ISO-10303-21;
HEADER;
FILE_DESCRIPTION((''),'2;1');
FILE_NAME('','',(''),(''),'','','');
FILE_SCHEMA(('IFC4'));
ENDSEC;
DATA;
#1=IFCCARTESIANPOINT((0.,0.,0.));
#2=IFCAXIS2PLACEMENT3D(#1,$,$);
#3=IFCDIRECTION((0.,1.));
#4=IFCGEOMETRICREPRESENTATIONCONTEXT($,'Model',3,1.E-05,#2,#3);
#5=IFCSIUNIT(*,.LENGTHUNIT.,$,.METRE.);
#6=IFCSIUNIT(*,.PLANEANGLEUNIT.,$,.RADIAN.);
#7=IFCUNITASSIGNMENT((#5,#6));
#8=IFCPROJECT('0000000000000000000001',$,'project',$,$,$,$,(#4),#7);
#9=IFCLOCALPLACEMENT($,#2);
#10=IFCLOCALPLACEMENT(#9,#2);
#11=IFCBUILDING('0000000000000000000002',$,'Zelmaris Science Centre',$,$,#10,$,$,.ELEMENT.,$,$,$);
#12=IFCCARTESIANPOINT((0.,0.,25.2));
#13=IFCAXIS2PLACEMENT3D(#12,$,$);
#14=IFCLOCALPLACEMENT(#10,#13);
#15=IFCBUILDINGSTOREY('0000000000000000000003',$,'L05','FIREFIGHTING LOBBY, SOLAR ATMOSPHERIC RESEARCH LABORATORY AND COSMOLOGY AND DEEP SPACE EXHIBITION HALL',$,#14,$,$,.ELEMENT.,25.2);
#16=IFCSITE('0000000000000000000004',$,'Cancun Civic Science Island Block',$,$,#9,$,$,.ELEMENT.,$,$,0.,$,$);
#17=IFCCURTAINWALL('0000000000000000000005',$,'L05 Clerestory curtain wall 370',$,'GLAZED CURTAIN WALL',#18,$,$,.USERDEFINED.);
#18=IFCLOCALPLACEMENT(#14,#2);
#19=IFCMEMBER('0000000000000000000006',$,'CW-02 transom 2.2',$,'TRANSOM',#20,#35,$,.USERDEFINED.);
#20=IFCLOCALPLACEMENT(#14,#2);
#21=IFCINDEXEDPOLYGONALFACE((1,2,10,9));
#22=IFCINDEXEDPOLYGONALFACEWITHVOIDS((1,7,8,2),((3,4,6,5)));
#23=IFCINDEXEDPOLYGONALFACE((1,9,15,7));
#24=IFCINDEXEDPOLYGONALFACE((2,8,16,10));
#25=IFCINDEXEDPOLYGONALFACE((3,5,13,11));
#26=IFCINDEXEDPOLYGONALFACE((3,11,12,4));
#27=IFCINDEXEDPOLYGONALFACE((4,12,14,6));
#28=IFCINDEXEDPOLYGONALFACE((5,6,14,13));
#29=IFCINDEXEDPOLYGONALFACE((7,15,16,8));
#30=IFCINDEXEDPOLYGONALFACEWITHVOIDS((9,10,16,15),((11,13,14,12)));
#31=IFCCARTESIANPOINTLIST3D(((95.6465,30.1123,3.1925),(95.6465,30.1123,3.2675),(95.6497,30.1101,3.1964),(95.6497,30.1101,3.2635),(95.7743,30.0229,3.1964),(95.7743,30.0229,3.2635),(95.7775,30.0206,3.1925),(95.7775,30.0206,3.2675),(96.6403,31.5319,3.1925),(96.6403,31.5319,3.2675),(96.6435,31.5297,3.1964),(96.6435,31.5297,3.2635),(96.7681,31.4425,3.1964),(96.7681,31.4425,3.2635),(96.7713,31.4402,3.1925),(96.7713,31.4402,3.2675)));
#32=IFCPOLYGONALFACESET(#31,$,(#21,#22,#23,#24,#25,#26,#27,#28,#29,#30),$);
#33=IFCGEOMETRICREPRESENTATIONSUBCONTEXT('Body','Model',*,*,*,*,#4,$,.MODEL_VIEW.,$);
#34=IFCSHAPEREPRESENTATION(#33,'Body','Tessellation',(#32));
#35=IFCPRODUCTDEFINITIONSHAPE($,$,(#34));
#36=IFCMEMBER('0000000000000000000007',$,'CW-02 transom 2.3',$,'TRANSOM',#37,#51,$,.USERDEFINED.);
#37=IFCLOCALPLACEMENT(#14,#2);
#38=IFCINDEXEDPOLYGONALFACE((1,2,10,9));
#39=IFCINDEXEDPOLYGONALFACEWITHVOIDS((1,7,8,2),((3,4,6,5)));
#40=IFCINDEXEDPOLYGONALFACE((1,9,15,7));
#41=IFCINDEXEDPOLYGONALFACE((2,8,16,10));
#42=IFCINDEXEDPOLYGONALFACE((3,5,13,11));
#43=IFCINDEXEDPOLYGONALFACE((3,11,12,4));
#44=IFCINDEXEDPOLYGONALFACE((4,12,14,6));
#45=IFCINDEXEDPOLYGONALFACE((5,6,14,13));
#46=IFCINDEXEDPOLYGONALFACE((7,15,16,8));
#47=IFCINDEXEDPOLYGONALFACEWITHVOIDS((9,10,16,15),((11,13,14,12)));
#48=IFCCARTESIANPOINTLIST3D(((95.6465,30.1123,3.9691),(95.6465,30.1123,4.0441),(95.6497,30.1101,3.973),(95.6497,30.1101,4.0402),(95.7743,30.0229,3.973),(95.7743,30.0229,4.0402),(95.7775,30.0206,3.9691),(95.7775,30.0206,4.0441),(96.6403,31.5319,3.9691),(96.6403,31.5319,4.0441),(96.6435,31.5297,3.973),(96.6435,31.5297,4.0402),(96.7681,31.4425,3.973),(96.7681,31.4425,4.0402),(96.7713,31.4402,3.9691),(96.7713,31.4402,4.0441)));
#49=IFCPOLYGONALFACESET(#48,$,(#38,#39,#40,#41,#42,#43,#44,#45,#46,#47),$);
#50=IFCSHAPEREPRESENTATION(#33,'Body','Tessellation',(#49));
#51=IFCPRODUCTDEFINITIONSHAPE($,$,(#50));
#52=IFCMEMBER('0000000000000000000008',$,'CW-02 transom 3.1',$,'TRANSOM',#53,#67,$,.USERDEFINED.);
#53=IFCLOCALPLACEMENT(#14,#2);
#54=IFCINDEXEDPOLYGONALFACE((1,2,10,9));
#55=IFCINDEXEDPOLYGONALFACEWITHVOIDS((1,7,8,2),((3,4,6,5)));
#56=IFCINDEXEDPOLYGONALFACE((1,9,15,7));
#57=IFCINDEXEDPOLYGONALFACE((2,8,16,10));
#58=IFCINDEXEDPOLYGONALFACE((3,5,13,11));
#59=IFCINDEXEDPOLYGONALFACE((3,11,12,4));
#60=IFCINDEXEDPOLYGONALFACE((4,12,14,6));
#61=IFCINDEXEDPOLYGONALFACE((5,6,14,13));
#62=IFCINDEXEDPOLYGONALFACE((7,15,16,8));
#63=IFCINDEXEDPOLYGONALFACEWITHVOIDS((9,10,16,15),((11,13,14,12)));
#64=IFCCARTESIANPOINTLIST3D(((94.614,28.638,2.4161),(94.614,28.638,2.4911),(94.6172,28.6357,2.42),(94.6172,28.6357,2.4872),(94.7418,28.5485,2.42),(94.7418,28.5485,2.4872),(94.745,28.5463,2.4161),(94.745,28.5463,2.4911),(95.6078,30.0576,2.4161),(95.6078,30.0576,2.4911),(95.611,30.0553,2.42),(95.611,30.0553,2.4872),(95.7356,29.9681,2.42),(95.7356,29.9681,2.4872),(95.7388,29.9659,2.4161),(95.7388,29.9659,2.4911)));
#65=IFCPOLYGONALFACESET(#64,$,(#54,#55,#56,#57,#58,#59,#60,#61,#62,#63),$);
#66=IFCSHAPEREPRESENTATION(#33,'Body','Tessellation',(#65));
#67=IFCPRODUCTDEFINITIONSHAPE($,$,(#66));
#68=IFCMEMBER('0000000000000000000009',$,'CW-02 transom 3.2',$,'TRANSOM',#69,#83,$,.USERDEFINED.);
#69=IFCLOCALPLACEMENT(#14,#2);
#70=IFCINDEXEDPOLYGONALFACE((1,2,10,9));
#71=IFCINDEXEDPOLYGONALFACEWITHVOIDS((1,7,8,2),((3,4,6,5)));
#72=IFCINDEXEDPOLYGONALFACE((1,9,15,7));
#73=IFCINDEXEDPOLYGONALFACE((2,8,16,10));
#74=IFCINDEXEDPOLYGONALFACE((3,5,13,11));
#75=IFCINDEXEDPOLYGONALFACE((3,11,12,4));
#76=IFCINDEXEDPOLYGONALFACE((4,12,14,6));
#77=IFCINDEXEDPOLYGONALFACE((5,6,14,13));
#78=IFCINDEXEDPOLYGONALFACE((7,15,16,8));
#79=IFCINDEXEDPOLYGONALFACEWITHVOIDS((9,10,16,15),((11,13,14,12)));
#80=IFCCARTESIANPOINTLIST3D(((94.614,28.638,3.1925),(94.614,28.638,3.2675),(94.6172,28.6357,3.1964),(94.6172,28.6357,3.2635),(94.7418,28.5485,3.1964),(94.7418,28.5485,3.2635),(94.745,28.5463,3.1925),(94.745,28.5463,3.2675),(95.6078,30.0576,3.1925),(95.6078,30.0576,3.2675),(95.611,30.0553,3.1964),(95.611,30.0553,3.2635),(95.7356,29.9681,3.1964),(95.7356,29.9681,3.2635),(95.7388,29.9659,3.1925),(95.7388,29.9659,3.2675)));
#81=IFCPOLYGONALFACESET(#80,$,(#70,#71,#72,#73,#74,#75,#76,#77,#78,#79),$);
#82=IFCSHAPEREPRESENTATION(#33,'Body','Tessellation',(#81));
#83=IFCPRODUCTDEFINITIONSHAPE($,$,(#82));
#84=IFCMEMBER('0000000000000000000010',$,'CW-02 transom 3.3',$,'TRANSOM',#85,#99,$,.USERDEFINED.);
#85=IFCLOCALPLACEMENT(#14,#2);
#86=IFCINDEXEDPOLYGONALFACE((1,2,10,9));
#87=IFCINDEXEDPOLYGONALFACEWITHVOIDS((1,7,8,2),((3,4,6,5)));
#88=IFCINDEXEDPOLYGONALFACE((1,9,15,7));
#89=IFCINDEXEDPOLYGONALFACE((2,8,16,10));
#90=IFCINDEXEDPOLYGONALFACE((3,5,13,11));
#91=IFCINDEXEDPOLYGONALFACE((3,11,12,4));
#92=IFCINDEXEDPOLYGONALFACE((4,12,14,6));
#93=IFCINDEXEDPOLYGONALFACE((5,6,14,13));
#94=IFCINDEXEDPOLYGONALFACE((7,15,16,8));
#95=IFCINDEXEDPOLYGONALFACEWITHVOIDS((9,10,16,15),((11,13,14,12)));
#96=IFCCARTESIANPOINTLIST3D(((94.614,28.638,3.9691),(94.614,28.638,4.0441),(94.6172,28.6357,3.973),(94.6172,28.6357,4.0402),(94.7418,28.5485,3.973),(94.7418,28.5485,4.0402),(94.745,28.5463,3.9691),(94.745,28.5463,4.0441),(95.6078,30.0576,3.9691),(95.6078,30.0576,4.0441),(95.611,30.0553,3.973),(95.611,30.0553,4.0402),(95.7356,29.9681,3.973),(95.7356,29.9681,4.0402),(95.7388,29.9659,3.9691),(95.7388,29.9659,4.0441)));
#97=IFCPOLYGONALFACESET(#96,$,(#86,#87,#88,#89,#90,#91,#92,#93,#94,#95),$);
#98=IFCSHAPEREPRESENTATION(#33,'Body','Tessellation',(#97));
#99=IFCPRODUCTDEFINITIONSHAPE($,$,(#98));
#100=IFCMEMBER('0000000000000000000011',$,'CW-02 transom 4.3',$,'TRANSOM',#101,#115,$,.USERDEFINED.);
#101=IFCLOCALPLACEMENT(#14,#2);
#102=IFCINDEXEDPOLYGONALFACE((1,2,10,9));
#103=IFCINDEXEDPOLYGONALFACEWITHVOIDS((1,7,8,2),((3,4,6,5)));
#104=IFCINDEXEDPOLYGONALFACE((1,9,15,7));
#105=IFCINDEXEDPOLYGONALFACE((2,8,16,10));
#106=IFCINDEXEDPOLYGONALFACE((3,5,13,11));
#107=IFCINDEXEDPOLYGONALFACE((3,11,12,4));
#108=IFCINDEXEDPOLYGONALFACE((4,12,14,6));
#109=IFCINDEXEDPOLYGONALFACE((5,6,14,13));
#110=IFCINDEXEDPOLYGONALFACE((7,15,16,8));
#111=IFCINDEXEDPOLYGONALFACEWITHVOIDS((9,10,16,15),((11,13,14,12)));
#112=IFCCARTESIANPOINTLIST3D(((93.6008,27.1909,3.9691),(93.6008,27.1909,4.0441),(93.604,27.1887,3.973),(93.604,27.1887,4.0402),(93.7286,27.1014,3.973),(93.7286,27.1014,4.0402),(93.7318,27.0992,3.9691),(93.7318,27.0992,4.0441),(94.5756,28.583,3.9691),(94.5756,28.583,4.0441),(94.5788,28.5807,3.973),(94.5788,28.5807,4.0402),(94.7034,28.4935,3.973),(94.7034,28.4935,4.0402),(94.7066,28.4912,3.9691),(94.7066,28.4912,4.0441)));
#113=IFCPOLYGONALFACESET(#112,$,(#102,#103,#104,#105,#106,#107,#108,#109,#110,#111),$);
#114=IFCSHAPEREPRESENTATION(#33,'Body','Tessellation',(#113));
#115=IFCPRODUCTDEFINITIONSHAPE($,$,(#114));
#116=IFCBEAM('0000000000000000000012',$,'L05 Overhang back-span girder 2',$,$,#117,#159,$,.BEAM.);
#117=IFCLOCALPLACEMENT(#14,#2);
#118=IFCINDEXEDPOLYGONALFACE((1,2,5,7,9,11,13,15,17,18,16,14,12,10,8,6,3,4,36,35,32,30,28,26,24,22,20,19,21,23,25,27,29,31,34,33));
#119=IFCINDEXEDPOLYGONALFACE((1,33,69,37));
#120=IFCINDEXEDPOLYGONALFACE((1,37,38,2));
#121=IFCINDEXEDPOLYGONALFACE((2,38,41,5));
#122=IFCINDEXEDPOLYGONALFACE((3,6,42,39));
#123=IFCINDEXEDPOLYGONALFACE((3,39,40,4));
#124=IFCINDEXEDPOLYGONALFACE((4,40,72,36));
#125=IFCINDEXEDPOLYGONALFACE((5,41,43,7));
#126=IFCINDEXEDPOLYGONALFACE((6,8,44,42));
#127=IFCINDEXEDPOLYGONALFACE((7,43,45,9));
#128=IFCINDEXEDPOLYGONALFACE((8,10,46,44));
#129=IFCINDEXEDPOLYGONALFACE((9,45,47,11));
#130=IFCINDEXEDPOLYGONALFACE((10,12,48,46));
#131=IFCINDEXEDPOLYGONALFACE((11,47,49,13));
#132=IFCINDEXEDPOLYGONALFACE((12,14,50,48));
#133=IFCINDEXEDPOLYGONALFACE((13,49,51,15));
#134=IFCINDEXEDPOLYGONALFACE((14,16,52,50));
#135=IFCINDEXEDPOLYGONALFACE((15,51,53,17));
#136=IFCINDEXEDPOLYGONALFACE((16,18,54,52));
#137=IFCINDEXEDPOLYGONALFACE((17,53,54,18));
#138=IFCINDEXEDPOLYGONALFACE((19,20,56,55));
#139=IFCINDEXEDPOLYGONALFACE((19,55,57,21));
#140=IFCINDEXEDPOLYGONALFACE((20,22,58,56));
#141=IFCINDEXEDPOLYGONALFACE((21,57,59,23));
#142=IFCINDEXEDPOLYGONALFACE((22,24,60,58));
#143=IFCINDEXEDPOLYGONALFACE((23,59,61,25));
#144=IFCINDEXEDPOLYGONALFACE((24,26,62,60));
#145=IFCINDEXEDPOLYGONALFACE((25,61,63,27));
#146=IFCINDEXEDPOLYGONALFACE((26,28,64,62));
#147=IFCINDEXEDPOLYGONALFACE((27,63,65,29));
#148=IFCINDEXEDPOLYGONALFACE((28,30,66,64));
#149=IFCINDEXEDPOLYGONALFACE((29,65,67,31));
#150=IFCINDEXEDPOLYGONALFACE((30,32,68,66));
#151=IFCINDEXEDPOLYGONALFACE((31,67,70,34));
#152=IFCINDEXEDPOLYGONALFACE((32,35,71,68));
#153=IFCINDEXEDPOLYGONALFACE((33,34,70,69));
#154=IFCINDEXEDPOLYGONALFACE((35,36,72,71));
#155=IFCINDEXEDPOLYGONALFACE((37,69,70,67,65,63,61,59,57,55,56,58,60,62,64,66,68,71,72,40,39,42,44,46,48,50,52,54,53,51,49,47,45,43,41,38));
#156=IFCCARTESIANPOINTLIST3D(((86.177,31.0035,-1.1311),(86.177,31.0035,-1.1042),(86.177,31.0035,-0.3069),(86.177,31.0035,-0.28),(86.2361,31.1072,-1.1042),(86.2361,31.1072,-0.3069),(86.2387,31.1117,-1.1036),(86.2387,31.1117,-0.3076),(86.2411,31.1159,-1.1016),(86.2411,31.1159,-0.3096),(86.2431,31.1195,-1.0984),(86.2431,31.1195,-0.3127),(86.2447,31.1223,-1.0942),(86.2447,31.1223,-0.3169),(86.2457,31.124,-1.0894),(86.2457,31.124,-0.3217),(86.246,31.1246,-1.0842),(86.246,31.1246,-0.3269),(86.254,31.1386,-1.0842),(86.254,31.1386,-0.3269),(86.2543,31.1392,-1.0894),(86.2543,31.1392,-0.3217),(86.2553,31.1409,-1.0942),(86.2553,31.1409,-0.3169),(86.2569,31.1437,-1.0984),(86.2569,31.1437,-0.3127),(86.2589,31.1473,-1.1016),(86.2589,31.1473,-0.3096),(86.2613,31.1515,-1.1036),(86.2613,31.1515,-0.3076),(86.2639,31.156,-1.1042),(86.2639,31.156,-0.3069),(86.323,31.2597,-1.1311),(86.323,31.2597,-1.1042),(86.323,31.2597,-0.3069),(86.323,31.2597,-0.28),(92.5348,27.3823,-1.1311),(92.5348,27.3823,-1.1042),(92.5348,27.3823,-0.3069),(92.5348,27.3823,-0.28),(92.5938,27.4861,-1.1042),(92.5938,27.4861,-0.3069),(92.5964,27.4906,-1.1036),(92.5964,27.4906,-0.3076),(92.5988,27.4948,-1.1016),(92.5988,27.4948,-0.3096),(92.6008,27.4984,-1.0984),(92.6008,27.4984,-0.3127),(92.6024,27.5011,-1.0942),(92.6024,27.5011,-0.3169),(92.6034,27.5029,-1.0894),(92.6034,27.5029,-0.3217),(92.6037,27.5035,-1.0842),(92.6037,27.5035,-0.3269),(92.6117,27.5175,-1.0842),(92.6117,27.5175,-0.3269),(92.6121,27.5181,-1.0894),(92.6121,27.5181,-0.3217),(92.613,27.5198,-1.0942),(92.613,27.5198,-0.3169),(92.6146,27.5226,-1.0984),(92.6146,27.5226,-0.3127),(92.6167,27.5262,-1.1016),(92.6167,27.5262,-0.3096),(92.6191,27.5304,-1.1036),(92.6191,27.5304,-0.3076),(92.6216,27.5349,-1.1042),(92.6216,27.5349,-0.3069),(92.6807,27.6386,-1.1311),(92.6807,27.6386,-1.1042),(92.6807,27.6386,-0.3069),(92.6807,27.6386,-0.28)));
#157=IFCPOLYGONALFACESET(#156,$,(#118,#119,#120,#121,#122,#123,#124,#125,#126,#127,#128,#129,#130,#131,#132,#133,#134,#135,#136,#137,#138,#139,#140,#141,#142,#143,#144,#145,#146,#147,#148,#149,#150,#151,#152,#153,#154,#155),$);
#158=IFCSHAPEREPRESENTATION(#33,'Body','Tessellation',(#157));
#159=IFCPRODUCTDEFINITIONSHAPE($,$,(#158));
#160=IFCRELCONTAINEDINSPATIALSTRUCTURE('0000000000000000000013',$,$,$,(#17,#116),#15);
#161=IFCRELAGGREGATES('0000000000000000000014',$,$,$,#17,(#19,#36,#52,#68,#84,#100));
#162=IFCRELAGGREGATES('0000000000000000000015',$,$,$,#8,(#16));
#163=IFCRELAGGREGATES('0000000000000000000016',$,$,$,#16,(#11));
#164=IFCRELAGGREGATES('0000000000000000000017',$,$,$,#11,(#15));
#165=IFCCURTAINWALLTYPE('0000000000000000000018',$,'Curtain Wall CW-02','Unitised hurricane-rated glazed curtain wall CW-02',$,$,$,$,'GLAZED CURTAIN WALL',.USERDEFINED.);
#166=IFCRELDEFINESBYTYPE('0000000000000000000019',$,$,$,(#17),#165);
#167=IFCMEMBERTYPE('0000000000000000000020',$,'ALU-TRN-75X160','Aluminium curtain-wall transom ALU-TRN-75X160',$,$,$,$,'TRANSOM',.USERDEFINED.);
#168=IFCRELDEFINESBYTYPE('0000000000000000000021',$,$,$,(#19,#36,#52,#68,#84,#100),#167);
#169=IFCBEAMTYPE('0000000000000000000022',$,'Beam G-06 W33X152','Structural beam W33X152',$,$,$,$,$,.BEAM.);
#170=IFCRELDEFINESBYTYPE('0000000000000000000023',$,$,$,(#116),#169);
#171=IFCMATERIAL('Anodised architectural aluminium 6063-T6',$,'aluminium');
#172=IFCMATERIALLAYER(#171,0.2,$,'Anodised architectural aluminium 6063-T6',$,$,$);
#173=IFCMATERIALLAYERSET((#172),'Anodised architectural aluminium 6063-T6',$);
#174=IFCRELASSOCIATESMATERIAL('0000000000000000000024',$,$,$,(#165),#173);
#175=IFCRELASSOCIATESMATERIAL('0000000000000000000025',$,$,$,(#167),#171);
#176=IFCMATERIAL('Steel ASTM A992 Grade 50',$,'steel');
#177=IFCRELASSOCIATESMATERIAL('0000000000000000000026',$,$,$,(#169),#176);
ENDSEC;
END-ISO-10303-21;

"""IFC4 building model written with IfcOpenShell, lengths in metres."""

from ifc_helpers import new_model, si_unit, direction, frame, origin, origin_2d, place, context, subcontext, project, spatial, hollow_rectangle, i_section, extrude, material, layer, layer_set, material_profile, profile_set, type_object, element, aggregate, save


model = new_model("IFC4")

# Units and contexts
model_context = context("Model", 3, precision=1e-05, world=origin(), true_north=direction((0.0, 1.0)))
body_context = subcontext(model_context, "Body", "Model", "MODEL_VIEW")
ifc_project = project(units=[si_unit("LENGTHUNIT", "METRE"), si_unit("PLANEANGLEUNIT", "RADIAN")], contexts=[model_context])

# Site, building, storey
site_placement = place(None, origin())
site = spatial("IfcSite", under=ifc_project, at=site_placement, Name="Cancun Civic Science Island Block", CompositionType="ELEMENT", RefElevation=0.0)
building_placement = place(site_placement, origin())
building = spatial("IfcBuilding", under=site, at=building_placement, Name="Zelmaris Science Centre", CompositionType="ELEMENT")
storey_placement = place(building_placement, frame((0.0, 0.0, 25.2)))
storey = spatial("IfcBuildingStorey", under=building, at=storey_placement, Name="L05", Description="FIREFIGHTING LOBBY, SOLAR ATMOSPHERIC RESEARCH LABORATORY AND COSMOLOGY AND DEEP SPACE EXHIBITION HALL", CompositionType="ELEMENT", Elevation=25.2)

# Shared definitions
ifc_material_1 = material(Name="Steel ASTM A992 Grade 50", Category="steel")

# Curtain wall, members
ifc_material_2 = material(Name="Anodised architectural aluminium 6063-T6", Category="aluminium")
ifc_layer_1 = layer(ifc_material_2, 0.2, Name="Anodised architectural aluminium 6063-T6")
ifc_layer_set_1 = layer_set([ifc_layer_1], Name="Anodised architectural aluminium 6063-T6")
curtain_wall_type = type_object("IfcCurtainWallType", Name="Curtain Wall CW-02", Description="Unitised hurricane-rated glazed curtain wall CW-02", ElementType="GLAZED CURTAIN WALL", PredefinedType="USERDEFINED", material=ifc_layer_set_1)
curtain_wall_placement = place(storey_placement, origin())
curtain_wall = element("IfcCurtainWall", 1, at=curtain_wall_placement, inside=storey, type_object=curtain_wall_type, Name="L05 Clerestory curtain wall 370", ObjectType="GLAZED CURTAIN WALL", PredefinedType="USERDEFINED")
ifc_material_profile_1 = material_profile(ifc_material_2, hollow_rectangle(XDim=0.075, YDim=0.1599, WallThickness=0.0039, at=origin_2d()), Name="ALU-TRN-75X160")
ifc_profile_set_1 = profile_set([ifc_material_profile_1], Name="Anodised architectural aluminium 6063-T6")
member_type_1 = type_object("IfcMemberType", Name="ALU-TRN-75X160", Description="Aluminium curtain-wall transom ALU-TRN-75X160", ElementType="TRANSOM", PredefinedType="USERDEFINED", material=ifc_profile_set_1)
member_1_placement = place(storey_placement, frame((96.7058, 31.4861, 3.23), z_axis=(-0.57351, -0.819199, 0.0), x_axis=(0.0, 0.0, 1.0)))
member_1 = element("IfcMember", 2, at=member_1_placement, type_object=member_type_1, Name="CW-02 transom 2.2", ObjectType="TRANSOM", PredefinedType="USERDEFINED", context=body_context, shape_type="SweptSolid", body=[
    extrude(hollow_rectangle(XDim=0.075, YDim=0.1599, WallThickness=0.0039, at=origin_2d()), origin(), (0.0, 0.0, 1.0), 1.7329),
])
member_2_placement = place(storey_placement, frame((96.7058, 31.4861, 4.0066), z_axis=(-0.57351, -0.819199, 0.0), x_axis=(0.0, 0.0, 1.0)))
member_2 = element("IfcMember", 3, at=member_2_placement, type_object=member_type_1, Name="CW-02 transom 2.3", ObjectType="TRANSOM", PredefinedType="USERDEFINED", context=body_context, shape_type="SweptSolid", body=[
    extrude(hollow_rectangle(XDim=0.075, YDim=0.1599, WallThickness=0.0039, at=origin_2d()), origin(), (0.0, 0.0, 1.0), 1.7329),
])
member_3_placement = place(storey_placement, frame((95.6733, 30.0117, 2.4536), z_axis=(-0.57351, -0.819199, 0.0), x_axis=(0.0, 0.0, 1.0)))
member_3 = element("IfcMember", 4, at=member_3_placement, type_object=member_type_1, Name="CW-02 transom 3.1", ObjectType="TRANSOM", PredefinedType="USERDEFINED", context=body_context, shape_type="SweptSolid", body=[
    extrude(hollow_rectangle(XDim=0.075, YDim=0.1599, WallThickness=0.0039, at=origin_2d()), origin(), (0.0, 0.0, 1.0), 1.7329),
])
member_4_placement = place(storey_placement, frame((95.6733, 30.0117, 3.23), z_axis=(-0.57351, -0.819199, 0.0), x_axis=(0.0, 0.0, 1.0)))
member_4 = element("IfcMember", 5, at=member_4_placement, type_object=member_type_1, Name="CW-02 transom 3.2", ObjectType="TRANSOM", PredefinedType="USERDEFINED", context=body_context, shape_type="SweptSolid", body=[
    extrude(hollow_rectangle(XDim=0.075, YDim=0.1599, WallThickness=0.0039, at=origin_2d()), origin(), (0.0, 0.0, 1.0), 1.7329),
])
member_5_placement = place(storey_placement, frame((95.6733, 30.0117, 4.0066), z_axis=(-0.57351, -0.819199, 0.0), x_axis=(0.0, 0.0, 1.0)))
member_5 = element("IfcMember", 6, at=member_5_placement, type_object=member_type_1, Name="CW-02 transom 3.3", ObjectType="TRANSOM", PredefinedType="USERDEFINED", context=body_context, shape_type="SweptSolid", body=[
    extrude(hollow_rectangle(XDim=0.075, YDim=0.1599, WallThickness=0.0039, at=origin_2d()), origin(), (0.0, 0.0, 1.0), 1.7329),
])
member_6_placement = place(storey_placement, frame((94.6411, 28.5371, 4.0066), z_axis=(-0.573617, -0.819124, 0.0), x_axis=(0.0, 0.0, 1.0)))
member_6 = element("IfcMember", 7, at=member_6_placement, type_object=member_type_1, Name="CW-02 transom 4.3", ObjectType="TRANSOM", PredefinedType="USERDEFINED", context=body_context, shape_type="SweptSolid", body=[
    extrude(hollow_rectangle(XDim=0.075, YDim=0.1599, WallThickness=0.0039, at=origin_2d()), origin(), (0.0, 0.0, 1.0), 1.6995),
])

# Beam
ifc_material_profile_2 = material_profile(ifc_material_1, i_section(OverallWidth=0.2949, OverallDepth=0.8511, WebThickness=0.0161, FlangeThickness=0.0269, FilletRadius=0.02, at=origin_2d()), Name="W33X152")
ifc_profile_set_2 = profile_set([ifc_material_profile_2], Name="Steel ASTM A992 Grade 50")
beam_type_1 = type_object("IfcBeamType", Name="Beam G-06 W33X152", Description="Structural beam W33X152", PredefinedType="BEAM", material=ifc_profile_set_2)
beam_1_placement = place(storey_placement, frame((86.25, 31.1316, -0.7056), z_axis=(0.86894, -0.494917, 0.0), x_axis=(0.494917, 0.86894, 0.0)))
element("IfcBeam", 8, at=beam_1_placement, inside=storey, type_object=beam_type_1, Name="L05 Overhang back-span girder 2", PredefinedType="BEAM", context=body_context, shape_type="SweptSolid", body=[
    extrude(i_section(OverallWidth=0.2949, OverallDepth=0.8511, WebThickness=0.0161, FlangeThickness=0.0269, FilletRadius=0.02, at=origin_2d()), origin(), (0.0, 0.0, 1.0), 7.3167),
])

aggregate(curtain_wall, [member_1, member_2, member_3, member_4, member_5, member_6])

save(model, "model.ifc")
